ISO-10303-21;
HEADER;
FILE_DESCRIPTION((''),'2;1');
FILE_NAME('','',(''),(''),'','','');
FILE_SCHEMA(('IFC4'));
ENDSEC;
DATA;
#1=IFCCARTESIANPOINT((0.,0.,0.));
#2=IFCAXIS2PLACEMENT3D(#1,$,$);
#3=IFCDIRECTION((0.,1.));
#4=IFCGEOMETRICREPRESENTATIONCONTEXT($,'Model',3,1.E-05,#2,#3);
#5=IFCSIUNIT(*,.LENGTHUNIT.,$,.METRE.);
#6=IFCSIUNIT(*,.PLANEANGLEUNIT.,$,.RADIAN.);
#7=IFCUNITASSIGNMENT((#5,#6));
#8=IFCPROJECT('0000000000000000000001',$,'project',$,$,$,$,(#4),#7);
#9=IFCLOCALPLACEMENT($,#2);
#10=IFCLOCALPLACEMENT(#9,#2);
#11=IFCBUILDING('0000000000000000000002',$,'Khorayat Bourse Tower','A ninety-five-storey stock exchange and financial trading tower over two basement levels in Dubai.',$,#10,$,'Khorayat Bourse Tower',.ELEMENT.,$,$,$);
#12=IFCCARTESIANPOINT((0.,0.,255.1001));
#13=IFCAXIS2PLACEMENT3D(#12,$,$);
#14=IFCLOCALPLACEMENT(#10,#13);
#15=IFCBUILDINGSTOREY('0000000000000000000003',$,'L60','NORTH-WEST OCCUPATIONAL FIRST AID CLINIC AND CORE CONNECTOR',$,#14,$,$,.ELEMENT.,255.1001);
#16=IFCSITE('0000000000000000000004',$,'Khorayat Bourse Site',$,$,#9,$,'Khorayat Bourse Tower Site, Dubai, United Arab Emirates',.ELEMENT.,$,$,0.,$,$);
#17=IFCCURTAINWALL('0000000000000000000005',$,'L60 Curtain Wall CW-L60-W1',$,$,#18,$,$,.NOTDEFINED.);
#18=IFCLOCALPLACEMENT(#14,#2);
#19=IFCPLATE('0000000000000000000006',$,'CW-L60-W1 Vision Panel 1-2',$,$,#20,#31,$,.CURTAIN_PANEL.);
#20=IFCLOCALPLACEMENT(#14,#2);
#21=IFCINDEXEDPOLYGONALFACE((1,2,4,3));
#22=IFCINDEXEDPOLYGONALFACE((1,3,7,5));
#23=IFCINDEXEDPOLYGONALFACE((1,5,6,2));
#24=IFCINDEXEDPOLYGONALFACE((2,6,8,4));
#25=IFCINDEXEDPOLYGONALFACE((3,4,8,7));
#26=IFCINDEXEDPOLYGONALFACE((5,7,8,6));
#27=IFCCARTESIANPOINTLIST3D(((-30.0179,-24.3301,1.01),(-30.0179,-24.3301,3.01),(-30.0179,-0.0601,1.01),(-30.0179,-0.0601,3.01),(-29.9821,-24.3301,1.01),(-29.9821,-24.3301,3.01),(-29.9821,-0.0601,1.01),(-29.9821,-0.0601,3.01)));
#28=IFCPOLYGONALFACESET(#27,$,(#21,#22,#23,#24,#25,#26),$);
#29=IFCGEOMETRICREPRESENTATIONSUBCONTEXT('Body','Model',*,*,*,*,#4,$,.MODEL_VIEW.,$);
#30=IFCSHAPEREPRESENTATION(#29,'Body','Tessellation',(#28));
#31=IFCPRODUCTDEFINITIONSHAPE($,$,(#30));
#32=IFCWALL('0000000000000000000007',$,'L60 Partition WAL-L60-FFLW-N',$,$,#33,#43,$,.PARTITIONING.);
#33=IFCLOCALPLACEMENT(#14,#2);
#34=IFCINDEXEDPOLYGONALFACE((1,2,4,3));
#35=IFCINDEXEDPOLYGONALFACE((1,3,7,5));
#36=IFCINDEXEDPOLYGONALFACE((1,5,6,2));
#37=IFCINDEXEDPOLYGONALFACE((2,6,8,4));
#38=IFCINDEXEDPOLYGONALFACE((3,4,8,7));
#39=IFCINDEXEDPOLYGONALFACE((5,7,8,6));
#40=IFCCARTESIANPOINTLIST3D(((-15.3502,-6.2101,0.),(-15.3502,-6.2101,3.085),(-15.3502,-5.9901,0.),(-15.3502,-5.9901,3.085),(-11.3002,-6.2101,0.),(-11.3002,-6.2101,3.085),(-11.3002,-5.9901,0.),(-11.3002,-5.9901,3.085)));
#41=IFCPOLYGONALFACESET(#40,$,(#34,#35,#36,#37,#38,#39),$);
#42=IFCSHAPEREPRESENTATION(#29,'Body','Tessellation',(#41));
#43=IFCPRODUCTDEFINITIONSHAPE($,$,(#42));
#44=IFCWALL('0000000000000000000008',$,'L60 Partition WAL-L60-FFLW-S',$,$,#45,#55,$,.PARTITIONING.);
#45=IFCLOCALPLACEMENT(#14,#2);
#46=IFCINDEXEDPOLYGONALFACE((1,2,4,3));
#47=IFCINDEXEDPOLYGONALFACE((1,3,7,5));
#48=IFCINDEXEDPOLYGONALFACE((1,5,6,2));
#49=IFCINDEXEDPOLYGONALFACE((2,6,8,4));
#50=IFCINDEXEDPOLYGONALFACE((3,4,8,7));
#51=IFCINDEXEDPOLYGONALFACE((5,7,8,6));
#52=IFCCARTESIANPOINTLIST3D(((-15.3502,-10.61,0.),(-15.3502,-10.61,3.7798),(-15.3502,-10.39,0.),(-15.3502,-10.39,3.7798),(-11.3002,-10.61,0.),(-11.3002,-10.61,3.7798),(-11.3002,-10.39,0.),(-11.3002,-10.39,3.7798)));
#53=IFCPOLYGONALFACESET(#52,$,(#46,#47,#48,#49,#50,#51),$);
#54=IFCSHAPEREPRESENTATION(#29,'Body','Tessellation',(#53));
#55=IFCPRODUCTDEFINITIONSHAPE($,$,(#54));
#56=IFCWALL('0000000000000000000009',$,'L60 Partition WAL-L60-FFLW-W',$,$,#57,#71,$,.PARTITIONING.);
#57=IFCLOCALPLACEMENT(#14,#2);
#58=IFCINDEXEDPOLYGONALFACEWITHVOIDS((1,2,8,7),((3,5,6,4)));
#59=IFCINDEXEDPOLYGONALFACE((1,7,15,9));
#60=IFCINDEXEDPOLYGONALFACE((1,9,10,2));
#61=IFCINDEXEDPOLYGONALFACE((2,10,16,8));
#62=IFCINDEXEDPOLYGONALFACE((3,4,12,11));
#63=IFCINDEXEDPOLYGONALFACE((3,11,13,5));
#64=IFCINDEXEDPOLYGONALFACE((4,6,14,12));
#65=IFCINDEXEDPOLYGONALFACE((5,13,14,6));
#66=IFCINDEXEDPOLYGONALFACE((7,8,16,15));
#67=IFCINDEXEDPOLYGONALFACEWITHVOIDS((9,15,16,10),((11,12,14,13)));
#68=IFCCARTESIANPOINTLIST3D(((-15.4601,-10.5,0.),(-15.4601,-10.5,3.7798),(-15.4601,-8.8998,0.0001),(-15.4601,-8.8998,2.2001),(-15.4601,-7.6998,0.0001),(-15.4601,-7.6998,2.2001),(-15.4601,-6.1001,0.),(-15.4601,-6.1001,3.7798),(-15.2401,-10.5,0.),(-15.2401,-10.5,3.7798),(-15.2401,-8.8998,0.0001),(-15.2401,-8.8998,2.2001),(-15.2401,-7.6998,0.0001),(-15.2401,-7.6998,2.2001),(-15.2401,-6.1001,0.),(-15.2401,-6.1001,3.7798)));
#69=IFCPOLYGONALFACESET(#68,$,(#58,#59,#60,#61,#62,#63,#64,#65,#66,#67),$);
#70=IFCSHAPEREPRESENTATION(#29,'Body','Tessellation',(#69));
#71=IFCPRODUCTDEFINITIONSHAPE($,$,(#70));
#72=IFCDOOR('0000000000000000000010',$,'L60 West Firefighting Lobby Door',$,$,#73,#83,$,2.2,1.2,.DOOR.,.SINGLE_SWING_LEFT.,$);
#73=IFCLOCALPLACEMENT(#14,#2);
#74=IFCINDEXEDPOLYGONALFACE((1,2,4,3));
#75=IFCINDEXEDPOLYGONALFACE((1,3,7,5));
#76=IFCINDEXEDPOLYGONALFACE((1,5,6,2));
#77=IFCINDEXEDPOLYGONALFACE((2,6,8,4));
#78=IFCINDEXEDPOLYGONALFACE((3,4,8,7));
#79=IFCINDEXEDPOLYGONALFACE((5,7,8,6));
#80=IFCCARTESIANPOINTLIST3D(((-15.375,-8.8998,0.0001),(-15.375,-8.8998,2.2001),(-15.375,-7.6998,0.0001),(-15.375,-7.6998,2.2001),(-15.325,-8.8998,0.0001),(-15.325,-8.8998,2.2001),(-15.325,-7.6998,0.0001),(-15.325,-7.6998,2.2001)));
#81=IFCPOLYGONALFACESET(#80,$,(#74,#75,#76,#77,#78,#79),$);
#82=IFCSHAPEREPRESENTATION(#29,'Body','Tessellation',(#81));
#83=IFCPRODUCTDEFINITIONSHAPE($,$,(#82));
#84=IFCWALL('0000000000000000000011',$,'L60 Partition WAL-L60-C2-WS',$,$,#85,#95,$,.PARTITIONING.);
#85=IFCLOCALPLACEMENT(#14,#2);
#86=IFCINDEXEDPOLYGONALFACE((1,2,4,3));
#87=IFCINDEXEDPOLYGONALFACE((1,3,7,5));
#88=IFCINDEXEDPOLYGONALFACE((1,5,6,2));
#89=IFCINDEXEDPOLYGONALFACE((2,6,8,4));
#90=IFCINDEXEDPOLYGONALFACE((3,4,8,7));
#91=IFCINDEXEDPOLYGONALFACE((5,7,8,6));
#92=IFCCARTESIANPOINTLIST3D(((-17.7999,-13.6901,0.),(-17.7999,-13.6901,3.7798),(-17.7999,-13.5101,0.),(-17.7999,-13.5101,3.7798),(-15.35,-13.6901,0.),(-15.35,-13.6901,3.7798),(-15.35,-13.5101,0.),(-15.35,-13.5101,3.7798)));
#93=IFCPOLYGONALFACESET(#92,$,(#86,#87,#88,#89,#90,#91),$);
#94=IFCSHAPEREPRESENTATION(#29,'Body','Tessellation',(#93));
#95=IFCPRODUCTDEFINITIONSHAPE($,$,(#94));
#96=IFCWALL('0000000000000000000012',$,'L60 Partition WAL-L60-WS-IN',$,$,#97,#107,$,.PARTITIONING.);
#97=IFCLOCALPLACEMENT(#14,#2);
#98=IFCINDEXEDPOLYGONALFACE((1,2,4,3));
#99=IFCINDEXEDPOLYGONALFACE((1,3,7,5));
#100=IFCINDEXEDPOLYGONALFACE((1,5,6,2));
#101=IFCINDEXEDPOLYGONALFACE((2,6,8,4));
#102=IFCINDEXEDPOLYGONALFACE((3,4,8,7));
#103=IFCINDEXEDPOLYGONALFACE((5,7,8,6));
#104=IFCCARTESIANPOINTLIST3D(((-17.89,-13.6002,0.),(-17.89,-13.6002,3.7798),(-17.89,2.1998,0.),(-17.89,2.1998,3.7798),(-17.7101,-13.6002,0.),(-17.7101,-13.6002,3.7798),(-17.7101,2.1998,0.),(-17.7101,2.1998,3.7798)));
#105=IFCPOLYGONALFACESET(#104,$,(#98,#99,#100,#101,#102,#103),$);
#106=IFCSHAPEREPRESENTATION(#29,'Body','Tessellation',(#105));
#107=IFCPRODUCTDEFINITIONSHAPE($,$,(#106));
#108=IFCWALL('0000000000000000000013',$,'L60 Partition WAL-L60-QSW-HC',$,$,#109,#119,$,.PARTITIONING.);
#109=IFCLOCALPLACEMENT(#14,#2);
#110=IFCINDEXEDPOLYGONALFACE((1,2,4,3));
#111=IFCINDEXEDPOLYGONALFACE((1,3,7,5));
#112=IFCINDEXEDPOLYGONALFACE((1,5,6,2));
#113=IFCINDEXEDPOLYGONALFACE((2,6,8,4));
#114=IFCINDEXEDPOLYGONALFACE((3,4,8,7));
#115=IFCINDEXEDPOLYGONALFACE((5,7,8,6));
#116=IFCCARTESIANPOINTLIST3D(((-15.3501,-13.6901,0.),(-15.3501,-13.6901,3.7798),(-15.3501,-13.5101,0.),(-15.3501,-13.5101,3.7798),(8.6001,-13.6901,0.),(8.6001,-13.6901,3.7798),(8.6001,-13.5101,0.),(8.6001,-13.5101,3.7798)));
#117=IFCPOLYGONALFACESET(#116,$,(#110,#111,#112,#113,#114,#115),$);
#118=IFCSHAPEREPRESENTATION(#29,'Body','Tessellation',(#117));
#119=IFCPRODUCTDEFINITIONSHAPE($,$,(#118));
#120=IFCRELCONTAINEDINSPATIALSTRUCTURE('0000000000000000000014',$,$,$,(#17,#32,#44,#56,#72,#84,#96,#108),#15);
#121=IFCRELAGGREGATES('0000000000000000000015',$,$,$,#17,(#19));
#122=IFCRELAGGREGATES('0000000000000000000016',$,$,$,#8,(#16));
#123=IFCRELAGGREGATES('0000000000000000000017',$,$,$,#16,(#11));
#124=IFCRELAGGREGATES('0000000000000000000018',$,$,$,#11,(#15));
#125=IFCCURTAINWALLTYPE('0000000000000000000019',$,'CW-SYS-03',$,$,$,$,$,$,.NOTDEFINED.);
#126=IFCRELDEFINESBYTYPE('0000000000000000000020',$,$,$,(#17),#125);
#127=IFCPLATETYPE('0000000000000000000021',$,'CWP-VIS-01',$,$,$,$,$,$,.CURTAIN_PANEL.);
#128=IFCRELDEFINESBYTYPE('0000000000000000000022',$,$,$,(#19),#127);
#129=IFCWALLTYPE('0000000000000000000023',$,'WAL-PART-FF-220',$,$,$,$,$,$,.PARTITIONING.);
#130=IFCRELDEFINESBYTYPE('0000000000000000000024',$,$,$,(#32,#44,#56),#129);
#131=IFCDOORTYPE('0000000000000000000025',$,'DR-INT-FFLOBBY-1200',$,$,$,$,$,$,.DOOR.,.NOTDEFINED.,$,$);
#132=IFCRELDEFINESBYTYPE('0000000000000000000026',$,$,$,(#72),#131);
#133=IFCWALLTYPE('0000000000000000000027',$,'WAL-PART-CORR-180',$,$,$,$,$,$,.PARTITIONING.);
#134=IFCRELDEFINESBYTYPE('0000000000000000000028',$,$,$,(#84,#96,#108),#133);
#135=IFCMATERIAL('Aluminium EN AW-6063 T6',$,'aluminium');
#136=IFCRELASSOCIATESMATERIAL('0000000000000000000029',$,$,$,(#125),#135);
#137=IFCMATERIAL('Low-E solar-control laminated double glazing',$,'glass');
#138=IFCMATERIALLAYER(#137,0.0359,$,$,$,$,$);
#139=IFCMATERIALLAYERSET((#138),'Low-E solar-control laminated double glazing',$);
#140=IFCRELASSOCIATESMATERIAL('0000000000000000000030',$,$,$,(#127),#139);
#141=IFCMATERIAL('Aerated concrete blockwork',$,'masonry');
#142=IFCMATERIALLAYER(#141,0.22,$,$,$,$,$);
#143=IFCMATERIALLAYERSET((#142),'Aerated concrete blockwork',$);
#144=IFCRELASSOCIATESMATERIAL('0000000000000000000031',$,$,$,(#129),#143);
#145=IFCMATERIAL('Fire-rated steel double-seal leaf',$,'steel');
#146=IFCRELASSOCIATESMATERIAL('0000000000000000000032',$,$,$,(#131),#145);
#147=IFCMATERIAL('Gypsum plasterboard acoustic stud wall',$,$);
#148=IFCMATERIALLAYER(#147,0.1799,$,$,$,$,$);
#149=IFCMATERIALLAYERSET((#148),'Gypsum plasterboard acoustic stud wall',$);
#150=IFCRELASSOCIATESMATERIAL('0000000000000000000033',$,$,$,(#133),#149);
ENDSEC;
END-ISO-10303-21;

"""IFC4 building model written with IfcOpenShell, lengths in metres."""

from ifc_helpers import new_model, si_unit, direction, frame, frame_2d, origin, origin_2d, place, context, subcontext, project, spatial, rectangle, extrude, source, transform, mapped, material, layer, layer_set, type_object, element, fill, aggregate, save


model = new_model("IFC4")

# Units and contexts
model_context = context("Model", 3, precision=1e-05, world=origin(), true_north=direction((0.0, 1.0)))
body_context = subcontext(model_context, "Body", "Model", "MODEL_VIEW")
ifc_project = project(units=[si_unit("LENGTHUNIT", "METRE"), si_unit("PLANEANGLEUNIT", "RADIAN")], contexts=[model_context])

# Site, building, storey
site_placement = place(None, origin())
site = spatial("IfcSite", under=ifc_project, at=site_placement, Name="Khorayat Bourse Site", LongName="Khorayat Bourse Tower Site, Dubai, United Arab Emirates", CompositionType="ELEMENT", RefElevation=0.0)
building_placement = place(site_placement, origin())
building = spatial("IfcBuilding", under=site, at=building_placement, Name="Khorayat Bourse Tower", Description="A ninety-five-storey stock exchange and financial trading tower over two basement levels in Dubai.", LongName="Khorayat Bourse Tower", CompositionType="ELEMENT")
storey_placement = place(building_placement, frame((0.0, 0.0, 255.1001)))
storey = spatial("IfcBuildingStorey", under=building, at=storey_placement, Name="L60", Description="NORTH-WEST OCCUPATIONAL FIRST AID CLINIC AND CORE CONNECTOR", CompositionType="ELEMENT", Elevation=255.1001)

# Curtain wall
ifc_material_1 = material(Name="Aluminium EN AW-6063 T6", Category="aluminium")
curtain_wall_type = type_object("IfcCurtainWallType", Name="CW-SYS-03", PredefinedType="NOTDEFINED", material=ifc_material_1)
curtain_wall_placement = place(storey_placement, origin())
curtain_wall = element("IfcCurtainWall", 1, at=curtain_wall_placement, inside=storey, type_object=curtain_wall_type, Name="L60 Curtain Wall CW-L60-W1", PredefinedType="NOTDEFINED")

# Plate
ifc_material_2 = material(Name="Low-E solar-control laminated double glazing", Category="glass")
ifc_layer_1 = layer(ifc_material_2, 0.0359)
ifc_layer_set_1 = layer_set([ifc_layer_1], Name="Low-E solar-control laminated double glazing")
plate_type_1 = type_object("IfcPlateType", Name="CWP-VIS-01", PredefinedType="CURTAIN_PANEL", material=ifc_layer_set_1)
shared_shape_1 = source(origin(), body_context, "Body", "SweptSolid", [
    extrude(rectangle(XDim=24.27, YDim=0.0359, at=origin_2d()), origin(), (0.0, 0.0, 1.0), 2.0),
])
plate_1_placement = place(storey_placement, frame((-30.0, -12.1951, 1.01), z_axis=(0.0, 0.0, 1.0), x_axis=(0.0, 1.0, 0.0)))
plate_1 = element("IfcPlate", 2, at=plate_1_placement, type_object=plate_type_1, Name="CW-L60-W1 Vision Panel 1-2", PredefinedType="CURTAIN_PANEL", context=body_context, shape_type="MappedRepresentation", body=[
    mapped(shared_shape_1, transform((0.0, 0.0, 0.0), scale=1.0)),
])
aggregate(curtain_wall, [plate_1])

# Walls
ifc_material_3 = material(Name="Aerated concrete blockwork", Category="masonry")
ifc_layer_2 = layer(ifc_material_3, 0.22)
ifc_layer_set_2 = layer_set([ifc_layer_2], Name="Aerated concrete blockwork")
wall_type_1 = type_object("IfcWallType", Name="WAL-PART-FF-220", PredefinedType="PARTITIONING", material=ifc_layer_set_2)
shared_shape_2 = source(origin(), body_context, "Body", "SweptSolid", [
    extrude(rectangle(XDim=4.05, YDim=0.22, at=frame_2d((2.0249, 0.0))), origin(), (0.0, 0.0, 1.0), 3.085),
])
wall_1_placement = place(storey_placement, frame((-15.3501, -6.1001, 0.0), z_axis=(0.0, 0.0, 1.0), x_axis=(1.0, 0.0, 0.0)))
element("IfcWall", 3, at=wall_1_placement, inside=storey, type_object=wall_type_1, Name="L60 Partition WAL-L60-FFLW-N", PredefinedType="PARTITIONING", context=body_context, shape_type="MappedRepresentation", body=[
    mapped(shared_shape_2, transform((0.0, 0.0, 0.0), scale=1.0)),
])
shared_shape_3 = source(origin(), body_context, "Body", "SweptSolid", [
    extrude(rectangle(XDim=4.05, YDim=0.22, at=frame_2d((2.0249, 0.0))), origin(), (0.0, 0.0, 1.0), 3.7798),
])
wall_2_placement = place(storey_placement, frame((-15.3501, -10.5, 0.0), z_axis=(0.0, 0.0, 1.0), x_axis=(1.0, 0.0, 0.0)))
element("IfcWall", 4, at=wall_2_placement, inside=storey, type_object=wall_type_1, Name="L60 Partition WAL-L60-FFLW-S", PredefinedType="PARTITIONING", context=body_context, shape_type="MappedRepresentation", body=[
    mapped(shared_shape_3, transform((0.0, 0.0, 0.0), scale=1.0)),
])

# Wall, opening, door
shared_shape_4 = source(origin(), body_context, "Body", "SweptSolid", [
    extrude(rectangle(XDim=4.3999, YDim=0.22, at=frame_2d((2.2, 0.0))), origin(), (0.0, 0.0, 1.0), 3.7798),
])
wall_3_placement = place(storey_placement, frame((-15.3501, -10.5, 0.0), z_axis=(0.0, 0.0, 1.0), x_axis=(0.0, 1.0, 0.0)))
wall_3 = element("IfcWall", 5, at=wall_3_placement, inside=storey, type_object=wall_type_1, Name="L60 Partition WAL-L60-FFLW-W", PredefinedType="PARTITIONING", context=body_context, shape_type="MappedRepresentation", body=[
    mapped(shared_shape_4, transform((0.0, 0.0, 0.0), scale=1.0)),
])
shared_shape_5 = source(origin(), body_context, "Body", "SweptSolid", [
    extrude(rectangle(XDim=1.2, YDim=2.2, at=frame_2d((0.6001, 1.1001))), frame((0.0, 0.1199, 0.0), z_axis=(0.0, -1.0, 0.0), x_axis=(1.0, 0.0, 0.0)), (0.0, 0.0, 1.0), 0.24),
])
opening_placement = place(wall_3_placement, frame((1.6001, 0.0, 0.0)))
opening = element("IfcOpeningElement", 6, at=opening_placement, cuts=wall_3, PredefinedType="OPENING", context=body_context, shape_type="MappedRepresentation", body=[
    mapped(shared_shape_5, transform((0.0, 0.0, 0.0), scale=1.0)),
])
ifc_material_4 = material(Name="Fire-rated steel double-seal leaf", Category="steel")
door_type = type_object("IfcDoorType", Name="DR-INT-FFLOBBY-1200", OperationType="NOTDEFINED", PredefinedType="DOOR", material=ifc_material_4)
shared_shape_6 = source(origin(), body_context, "Body", "SweptSolid", [
    extrude(rectangle(XDim=1.2, YDim=2.2, at=frame_2d((0.6001, 1.1001))), frame((0.0, 0.0249, 0.0), z_axis=(0.0, -1.0, 0.0), x_axis=(1.0, 0.0, 0.0)), (0.0, 0.0, 1.0), 0.05),
])
door_placement = place(opening_placement, origin())
door = element("IfcDoor", 7, at=door_placement, inside=storey, type_object=door_type, Name="L60 West Firefighting Lobby Door", OperationType="SINGLE_SWING_LEFT", OverallHeight=2.2, OverallWidth=1.2, PredefinedType="DOOR", context=body_context, shape_type="MappedRepresentation", body=[
    mapped(shared_shape_6, transform((0.0, 0.0, 0.0), scale=1.0)),
])
fill(opening, door)

# Walls
ifc_material_5 = material(Name="Gypsum plasterboard acoustic stud wall")
ifc_layer_3 = layer(ifc_material_5, 0.1799)
ifc_layer_set_3 = layer_set([ifc_layer_3], Name="Gypsum plasterboard acoustic stud wall")
wall_type_2 = type_object("IfcWallType", Name="WAL-PART-CORR-180", PredefinedType="PARTITIONING", material=ifc_layer_set_3)
shared_shape_7 = source(origin(), body_context, "Body", "SweptSolid", [
    extrude(rectangle(XDim=2.45, YDim=0.1799, at=frame_2d((1.2251, 0.0))), origin(), (0.0, 0.0, 1.0), 3.7798),
])
wall_4_placement = place(storey_placement, frame((-17.8, -13.6001, 0.0), z_axis=(0.0, 0.0, 1.0), x_axis=(1.0, 0.0, 0.0)))
element("IfcWall", 8, at=wall_4_placement, inside=storey, type_object=wall_type_2, Name="L60 Partition WAL-L60-C2-WS", PredefinedType="PARTITIONING", context=body_context, shape_type="MappedRepresentation", body=[
    mapped(shared_shape_7, transform((0.0, 0.0, 0.0), scale=1.0)),
])
shared_shape_8 = source(origin(), body_context, "Body", "SweptSolid", [
    extrude(rectangle(XDim=15.8, YDim=0.1799, at=frame_2d((7.8999, 0.0))), origin(), (0.0, 0.0, 1.0), 3.7798),
])
wall_5_placement = place(storey_placement, frame((-17.8, -13.6001, 0.0), z_axis=(0.0, 0.0, 1.0), x_axis=(0.0, 1.0, 0.0)))
element("IfcWall", 9, at=wall_5_placement, inside=storey, type_object=wall_type_2, Name="L60 Partition WAL-L60-WS-IN", PredefinedType="PARTITIONING", context=body_context, shape_type="MappedRepresentation", body=[
    mapped(shared_shape_8, transform((0.0, 0.0, 0.0), scale=1.0)),
])
shared_shape_9 = source(origin(), body_context, "Body", "SweptSolid", [
    extrude(rectangle(XDim=23.9502, YDim=0.1799, at=frame_2d((11.9751, 0.0))), origin(), (0.0, 0.0, 1.0), 3.7798),
])
wall_6_placement = place(storey_placement, frame((-15.3501, -13.6001, 0.0), z_axis=(0.0, 0.0, 1.0), x_axis=(1.0, 0.0, 0.0)))
element("IfcWall", 10, at=wall_6_placement, inside=storey, type_object=wall_type_2, Name="L60 Partition WAL-L60-QSW-HC", PredefinedType="PARTITIONING", context=body_context, shape_type="MappedRepresentation", body=[
    mapped(shared_shape_9, transform((0.0, 0.0, 0.0), scale=1.0)),
])

save(model, "model.ifc")
